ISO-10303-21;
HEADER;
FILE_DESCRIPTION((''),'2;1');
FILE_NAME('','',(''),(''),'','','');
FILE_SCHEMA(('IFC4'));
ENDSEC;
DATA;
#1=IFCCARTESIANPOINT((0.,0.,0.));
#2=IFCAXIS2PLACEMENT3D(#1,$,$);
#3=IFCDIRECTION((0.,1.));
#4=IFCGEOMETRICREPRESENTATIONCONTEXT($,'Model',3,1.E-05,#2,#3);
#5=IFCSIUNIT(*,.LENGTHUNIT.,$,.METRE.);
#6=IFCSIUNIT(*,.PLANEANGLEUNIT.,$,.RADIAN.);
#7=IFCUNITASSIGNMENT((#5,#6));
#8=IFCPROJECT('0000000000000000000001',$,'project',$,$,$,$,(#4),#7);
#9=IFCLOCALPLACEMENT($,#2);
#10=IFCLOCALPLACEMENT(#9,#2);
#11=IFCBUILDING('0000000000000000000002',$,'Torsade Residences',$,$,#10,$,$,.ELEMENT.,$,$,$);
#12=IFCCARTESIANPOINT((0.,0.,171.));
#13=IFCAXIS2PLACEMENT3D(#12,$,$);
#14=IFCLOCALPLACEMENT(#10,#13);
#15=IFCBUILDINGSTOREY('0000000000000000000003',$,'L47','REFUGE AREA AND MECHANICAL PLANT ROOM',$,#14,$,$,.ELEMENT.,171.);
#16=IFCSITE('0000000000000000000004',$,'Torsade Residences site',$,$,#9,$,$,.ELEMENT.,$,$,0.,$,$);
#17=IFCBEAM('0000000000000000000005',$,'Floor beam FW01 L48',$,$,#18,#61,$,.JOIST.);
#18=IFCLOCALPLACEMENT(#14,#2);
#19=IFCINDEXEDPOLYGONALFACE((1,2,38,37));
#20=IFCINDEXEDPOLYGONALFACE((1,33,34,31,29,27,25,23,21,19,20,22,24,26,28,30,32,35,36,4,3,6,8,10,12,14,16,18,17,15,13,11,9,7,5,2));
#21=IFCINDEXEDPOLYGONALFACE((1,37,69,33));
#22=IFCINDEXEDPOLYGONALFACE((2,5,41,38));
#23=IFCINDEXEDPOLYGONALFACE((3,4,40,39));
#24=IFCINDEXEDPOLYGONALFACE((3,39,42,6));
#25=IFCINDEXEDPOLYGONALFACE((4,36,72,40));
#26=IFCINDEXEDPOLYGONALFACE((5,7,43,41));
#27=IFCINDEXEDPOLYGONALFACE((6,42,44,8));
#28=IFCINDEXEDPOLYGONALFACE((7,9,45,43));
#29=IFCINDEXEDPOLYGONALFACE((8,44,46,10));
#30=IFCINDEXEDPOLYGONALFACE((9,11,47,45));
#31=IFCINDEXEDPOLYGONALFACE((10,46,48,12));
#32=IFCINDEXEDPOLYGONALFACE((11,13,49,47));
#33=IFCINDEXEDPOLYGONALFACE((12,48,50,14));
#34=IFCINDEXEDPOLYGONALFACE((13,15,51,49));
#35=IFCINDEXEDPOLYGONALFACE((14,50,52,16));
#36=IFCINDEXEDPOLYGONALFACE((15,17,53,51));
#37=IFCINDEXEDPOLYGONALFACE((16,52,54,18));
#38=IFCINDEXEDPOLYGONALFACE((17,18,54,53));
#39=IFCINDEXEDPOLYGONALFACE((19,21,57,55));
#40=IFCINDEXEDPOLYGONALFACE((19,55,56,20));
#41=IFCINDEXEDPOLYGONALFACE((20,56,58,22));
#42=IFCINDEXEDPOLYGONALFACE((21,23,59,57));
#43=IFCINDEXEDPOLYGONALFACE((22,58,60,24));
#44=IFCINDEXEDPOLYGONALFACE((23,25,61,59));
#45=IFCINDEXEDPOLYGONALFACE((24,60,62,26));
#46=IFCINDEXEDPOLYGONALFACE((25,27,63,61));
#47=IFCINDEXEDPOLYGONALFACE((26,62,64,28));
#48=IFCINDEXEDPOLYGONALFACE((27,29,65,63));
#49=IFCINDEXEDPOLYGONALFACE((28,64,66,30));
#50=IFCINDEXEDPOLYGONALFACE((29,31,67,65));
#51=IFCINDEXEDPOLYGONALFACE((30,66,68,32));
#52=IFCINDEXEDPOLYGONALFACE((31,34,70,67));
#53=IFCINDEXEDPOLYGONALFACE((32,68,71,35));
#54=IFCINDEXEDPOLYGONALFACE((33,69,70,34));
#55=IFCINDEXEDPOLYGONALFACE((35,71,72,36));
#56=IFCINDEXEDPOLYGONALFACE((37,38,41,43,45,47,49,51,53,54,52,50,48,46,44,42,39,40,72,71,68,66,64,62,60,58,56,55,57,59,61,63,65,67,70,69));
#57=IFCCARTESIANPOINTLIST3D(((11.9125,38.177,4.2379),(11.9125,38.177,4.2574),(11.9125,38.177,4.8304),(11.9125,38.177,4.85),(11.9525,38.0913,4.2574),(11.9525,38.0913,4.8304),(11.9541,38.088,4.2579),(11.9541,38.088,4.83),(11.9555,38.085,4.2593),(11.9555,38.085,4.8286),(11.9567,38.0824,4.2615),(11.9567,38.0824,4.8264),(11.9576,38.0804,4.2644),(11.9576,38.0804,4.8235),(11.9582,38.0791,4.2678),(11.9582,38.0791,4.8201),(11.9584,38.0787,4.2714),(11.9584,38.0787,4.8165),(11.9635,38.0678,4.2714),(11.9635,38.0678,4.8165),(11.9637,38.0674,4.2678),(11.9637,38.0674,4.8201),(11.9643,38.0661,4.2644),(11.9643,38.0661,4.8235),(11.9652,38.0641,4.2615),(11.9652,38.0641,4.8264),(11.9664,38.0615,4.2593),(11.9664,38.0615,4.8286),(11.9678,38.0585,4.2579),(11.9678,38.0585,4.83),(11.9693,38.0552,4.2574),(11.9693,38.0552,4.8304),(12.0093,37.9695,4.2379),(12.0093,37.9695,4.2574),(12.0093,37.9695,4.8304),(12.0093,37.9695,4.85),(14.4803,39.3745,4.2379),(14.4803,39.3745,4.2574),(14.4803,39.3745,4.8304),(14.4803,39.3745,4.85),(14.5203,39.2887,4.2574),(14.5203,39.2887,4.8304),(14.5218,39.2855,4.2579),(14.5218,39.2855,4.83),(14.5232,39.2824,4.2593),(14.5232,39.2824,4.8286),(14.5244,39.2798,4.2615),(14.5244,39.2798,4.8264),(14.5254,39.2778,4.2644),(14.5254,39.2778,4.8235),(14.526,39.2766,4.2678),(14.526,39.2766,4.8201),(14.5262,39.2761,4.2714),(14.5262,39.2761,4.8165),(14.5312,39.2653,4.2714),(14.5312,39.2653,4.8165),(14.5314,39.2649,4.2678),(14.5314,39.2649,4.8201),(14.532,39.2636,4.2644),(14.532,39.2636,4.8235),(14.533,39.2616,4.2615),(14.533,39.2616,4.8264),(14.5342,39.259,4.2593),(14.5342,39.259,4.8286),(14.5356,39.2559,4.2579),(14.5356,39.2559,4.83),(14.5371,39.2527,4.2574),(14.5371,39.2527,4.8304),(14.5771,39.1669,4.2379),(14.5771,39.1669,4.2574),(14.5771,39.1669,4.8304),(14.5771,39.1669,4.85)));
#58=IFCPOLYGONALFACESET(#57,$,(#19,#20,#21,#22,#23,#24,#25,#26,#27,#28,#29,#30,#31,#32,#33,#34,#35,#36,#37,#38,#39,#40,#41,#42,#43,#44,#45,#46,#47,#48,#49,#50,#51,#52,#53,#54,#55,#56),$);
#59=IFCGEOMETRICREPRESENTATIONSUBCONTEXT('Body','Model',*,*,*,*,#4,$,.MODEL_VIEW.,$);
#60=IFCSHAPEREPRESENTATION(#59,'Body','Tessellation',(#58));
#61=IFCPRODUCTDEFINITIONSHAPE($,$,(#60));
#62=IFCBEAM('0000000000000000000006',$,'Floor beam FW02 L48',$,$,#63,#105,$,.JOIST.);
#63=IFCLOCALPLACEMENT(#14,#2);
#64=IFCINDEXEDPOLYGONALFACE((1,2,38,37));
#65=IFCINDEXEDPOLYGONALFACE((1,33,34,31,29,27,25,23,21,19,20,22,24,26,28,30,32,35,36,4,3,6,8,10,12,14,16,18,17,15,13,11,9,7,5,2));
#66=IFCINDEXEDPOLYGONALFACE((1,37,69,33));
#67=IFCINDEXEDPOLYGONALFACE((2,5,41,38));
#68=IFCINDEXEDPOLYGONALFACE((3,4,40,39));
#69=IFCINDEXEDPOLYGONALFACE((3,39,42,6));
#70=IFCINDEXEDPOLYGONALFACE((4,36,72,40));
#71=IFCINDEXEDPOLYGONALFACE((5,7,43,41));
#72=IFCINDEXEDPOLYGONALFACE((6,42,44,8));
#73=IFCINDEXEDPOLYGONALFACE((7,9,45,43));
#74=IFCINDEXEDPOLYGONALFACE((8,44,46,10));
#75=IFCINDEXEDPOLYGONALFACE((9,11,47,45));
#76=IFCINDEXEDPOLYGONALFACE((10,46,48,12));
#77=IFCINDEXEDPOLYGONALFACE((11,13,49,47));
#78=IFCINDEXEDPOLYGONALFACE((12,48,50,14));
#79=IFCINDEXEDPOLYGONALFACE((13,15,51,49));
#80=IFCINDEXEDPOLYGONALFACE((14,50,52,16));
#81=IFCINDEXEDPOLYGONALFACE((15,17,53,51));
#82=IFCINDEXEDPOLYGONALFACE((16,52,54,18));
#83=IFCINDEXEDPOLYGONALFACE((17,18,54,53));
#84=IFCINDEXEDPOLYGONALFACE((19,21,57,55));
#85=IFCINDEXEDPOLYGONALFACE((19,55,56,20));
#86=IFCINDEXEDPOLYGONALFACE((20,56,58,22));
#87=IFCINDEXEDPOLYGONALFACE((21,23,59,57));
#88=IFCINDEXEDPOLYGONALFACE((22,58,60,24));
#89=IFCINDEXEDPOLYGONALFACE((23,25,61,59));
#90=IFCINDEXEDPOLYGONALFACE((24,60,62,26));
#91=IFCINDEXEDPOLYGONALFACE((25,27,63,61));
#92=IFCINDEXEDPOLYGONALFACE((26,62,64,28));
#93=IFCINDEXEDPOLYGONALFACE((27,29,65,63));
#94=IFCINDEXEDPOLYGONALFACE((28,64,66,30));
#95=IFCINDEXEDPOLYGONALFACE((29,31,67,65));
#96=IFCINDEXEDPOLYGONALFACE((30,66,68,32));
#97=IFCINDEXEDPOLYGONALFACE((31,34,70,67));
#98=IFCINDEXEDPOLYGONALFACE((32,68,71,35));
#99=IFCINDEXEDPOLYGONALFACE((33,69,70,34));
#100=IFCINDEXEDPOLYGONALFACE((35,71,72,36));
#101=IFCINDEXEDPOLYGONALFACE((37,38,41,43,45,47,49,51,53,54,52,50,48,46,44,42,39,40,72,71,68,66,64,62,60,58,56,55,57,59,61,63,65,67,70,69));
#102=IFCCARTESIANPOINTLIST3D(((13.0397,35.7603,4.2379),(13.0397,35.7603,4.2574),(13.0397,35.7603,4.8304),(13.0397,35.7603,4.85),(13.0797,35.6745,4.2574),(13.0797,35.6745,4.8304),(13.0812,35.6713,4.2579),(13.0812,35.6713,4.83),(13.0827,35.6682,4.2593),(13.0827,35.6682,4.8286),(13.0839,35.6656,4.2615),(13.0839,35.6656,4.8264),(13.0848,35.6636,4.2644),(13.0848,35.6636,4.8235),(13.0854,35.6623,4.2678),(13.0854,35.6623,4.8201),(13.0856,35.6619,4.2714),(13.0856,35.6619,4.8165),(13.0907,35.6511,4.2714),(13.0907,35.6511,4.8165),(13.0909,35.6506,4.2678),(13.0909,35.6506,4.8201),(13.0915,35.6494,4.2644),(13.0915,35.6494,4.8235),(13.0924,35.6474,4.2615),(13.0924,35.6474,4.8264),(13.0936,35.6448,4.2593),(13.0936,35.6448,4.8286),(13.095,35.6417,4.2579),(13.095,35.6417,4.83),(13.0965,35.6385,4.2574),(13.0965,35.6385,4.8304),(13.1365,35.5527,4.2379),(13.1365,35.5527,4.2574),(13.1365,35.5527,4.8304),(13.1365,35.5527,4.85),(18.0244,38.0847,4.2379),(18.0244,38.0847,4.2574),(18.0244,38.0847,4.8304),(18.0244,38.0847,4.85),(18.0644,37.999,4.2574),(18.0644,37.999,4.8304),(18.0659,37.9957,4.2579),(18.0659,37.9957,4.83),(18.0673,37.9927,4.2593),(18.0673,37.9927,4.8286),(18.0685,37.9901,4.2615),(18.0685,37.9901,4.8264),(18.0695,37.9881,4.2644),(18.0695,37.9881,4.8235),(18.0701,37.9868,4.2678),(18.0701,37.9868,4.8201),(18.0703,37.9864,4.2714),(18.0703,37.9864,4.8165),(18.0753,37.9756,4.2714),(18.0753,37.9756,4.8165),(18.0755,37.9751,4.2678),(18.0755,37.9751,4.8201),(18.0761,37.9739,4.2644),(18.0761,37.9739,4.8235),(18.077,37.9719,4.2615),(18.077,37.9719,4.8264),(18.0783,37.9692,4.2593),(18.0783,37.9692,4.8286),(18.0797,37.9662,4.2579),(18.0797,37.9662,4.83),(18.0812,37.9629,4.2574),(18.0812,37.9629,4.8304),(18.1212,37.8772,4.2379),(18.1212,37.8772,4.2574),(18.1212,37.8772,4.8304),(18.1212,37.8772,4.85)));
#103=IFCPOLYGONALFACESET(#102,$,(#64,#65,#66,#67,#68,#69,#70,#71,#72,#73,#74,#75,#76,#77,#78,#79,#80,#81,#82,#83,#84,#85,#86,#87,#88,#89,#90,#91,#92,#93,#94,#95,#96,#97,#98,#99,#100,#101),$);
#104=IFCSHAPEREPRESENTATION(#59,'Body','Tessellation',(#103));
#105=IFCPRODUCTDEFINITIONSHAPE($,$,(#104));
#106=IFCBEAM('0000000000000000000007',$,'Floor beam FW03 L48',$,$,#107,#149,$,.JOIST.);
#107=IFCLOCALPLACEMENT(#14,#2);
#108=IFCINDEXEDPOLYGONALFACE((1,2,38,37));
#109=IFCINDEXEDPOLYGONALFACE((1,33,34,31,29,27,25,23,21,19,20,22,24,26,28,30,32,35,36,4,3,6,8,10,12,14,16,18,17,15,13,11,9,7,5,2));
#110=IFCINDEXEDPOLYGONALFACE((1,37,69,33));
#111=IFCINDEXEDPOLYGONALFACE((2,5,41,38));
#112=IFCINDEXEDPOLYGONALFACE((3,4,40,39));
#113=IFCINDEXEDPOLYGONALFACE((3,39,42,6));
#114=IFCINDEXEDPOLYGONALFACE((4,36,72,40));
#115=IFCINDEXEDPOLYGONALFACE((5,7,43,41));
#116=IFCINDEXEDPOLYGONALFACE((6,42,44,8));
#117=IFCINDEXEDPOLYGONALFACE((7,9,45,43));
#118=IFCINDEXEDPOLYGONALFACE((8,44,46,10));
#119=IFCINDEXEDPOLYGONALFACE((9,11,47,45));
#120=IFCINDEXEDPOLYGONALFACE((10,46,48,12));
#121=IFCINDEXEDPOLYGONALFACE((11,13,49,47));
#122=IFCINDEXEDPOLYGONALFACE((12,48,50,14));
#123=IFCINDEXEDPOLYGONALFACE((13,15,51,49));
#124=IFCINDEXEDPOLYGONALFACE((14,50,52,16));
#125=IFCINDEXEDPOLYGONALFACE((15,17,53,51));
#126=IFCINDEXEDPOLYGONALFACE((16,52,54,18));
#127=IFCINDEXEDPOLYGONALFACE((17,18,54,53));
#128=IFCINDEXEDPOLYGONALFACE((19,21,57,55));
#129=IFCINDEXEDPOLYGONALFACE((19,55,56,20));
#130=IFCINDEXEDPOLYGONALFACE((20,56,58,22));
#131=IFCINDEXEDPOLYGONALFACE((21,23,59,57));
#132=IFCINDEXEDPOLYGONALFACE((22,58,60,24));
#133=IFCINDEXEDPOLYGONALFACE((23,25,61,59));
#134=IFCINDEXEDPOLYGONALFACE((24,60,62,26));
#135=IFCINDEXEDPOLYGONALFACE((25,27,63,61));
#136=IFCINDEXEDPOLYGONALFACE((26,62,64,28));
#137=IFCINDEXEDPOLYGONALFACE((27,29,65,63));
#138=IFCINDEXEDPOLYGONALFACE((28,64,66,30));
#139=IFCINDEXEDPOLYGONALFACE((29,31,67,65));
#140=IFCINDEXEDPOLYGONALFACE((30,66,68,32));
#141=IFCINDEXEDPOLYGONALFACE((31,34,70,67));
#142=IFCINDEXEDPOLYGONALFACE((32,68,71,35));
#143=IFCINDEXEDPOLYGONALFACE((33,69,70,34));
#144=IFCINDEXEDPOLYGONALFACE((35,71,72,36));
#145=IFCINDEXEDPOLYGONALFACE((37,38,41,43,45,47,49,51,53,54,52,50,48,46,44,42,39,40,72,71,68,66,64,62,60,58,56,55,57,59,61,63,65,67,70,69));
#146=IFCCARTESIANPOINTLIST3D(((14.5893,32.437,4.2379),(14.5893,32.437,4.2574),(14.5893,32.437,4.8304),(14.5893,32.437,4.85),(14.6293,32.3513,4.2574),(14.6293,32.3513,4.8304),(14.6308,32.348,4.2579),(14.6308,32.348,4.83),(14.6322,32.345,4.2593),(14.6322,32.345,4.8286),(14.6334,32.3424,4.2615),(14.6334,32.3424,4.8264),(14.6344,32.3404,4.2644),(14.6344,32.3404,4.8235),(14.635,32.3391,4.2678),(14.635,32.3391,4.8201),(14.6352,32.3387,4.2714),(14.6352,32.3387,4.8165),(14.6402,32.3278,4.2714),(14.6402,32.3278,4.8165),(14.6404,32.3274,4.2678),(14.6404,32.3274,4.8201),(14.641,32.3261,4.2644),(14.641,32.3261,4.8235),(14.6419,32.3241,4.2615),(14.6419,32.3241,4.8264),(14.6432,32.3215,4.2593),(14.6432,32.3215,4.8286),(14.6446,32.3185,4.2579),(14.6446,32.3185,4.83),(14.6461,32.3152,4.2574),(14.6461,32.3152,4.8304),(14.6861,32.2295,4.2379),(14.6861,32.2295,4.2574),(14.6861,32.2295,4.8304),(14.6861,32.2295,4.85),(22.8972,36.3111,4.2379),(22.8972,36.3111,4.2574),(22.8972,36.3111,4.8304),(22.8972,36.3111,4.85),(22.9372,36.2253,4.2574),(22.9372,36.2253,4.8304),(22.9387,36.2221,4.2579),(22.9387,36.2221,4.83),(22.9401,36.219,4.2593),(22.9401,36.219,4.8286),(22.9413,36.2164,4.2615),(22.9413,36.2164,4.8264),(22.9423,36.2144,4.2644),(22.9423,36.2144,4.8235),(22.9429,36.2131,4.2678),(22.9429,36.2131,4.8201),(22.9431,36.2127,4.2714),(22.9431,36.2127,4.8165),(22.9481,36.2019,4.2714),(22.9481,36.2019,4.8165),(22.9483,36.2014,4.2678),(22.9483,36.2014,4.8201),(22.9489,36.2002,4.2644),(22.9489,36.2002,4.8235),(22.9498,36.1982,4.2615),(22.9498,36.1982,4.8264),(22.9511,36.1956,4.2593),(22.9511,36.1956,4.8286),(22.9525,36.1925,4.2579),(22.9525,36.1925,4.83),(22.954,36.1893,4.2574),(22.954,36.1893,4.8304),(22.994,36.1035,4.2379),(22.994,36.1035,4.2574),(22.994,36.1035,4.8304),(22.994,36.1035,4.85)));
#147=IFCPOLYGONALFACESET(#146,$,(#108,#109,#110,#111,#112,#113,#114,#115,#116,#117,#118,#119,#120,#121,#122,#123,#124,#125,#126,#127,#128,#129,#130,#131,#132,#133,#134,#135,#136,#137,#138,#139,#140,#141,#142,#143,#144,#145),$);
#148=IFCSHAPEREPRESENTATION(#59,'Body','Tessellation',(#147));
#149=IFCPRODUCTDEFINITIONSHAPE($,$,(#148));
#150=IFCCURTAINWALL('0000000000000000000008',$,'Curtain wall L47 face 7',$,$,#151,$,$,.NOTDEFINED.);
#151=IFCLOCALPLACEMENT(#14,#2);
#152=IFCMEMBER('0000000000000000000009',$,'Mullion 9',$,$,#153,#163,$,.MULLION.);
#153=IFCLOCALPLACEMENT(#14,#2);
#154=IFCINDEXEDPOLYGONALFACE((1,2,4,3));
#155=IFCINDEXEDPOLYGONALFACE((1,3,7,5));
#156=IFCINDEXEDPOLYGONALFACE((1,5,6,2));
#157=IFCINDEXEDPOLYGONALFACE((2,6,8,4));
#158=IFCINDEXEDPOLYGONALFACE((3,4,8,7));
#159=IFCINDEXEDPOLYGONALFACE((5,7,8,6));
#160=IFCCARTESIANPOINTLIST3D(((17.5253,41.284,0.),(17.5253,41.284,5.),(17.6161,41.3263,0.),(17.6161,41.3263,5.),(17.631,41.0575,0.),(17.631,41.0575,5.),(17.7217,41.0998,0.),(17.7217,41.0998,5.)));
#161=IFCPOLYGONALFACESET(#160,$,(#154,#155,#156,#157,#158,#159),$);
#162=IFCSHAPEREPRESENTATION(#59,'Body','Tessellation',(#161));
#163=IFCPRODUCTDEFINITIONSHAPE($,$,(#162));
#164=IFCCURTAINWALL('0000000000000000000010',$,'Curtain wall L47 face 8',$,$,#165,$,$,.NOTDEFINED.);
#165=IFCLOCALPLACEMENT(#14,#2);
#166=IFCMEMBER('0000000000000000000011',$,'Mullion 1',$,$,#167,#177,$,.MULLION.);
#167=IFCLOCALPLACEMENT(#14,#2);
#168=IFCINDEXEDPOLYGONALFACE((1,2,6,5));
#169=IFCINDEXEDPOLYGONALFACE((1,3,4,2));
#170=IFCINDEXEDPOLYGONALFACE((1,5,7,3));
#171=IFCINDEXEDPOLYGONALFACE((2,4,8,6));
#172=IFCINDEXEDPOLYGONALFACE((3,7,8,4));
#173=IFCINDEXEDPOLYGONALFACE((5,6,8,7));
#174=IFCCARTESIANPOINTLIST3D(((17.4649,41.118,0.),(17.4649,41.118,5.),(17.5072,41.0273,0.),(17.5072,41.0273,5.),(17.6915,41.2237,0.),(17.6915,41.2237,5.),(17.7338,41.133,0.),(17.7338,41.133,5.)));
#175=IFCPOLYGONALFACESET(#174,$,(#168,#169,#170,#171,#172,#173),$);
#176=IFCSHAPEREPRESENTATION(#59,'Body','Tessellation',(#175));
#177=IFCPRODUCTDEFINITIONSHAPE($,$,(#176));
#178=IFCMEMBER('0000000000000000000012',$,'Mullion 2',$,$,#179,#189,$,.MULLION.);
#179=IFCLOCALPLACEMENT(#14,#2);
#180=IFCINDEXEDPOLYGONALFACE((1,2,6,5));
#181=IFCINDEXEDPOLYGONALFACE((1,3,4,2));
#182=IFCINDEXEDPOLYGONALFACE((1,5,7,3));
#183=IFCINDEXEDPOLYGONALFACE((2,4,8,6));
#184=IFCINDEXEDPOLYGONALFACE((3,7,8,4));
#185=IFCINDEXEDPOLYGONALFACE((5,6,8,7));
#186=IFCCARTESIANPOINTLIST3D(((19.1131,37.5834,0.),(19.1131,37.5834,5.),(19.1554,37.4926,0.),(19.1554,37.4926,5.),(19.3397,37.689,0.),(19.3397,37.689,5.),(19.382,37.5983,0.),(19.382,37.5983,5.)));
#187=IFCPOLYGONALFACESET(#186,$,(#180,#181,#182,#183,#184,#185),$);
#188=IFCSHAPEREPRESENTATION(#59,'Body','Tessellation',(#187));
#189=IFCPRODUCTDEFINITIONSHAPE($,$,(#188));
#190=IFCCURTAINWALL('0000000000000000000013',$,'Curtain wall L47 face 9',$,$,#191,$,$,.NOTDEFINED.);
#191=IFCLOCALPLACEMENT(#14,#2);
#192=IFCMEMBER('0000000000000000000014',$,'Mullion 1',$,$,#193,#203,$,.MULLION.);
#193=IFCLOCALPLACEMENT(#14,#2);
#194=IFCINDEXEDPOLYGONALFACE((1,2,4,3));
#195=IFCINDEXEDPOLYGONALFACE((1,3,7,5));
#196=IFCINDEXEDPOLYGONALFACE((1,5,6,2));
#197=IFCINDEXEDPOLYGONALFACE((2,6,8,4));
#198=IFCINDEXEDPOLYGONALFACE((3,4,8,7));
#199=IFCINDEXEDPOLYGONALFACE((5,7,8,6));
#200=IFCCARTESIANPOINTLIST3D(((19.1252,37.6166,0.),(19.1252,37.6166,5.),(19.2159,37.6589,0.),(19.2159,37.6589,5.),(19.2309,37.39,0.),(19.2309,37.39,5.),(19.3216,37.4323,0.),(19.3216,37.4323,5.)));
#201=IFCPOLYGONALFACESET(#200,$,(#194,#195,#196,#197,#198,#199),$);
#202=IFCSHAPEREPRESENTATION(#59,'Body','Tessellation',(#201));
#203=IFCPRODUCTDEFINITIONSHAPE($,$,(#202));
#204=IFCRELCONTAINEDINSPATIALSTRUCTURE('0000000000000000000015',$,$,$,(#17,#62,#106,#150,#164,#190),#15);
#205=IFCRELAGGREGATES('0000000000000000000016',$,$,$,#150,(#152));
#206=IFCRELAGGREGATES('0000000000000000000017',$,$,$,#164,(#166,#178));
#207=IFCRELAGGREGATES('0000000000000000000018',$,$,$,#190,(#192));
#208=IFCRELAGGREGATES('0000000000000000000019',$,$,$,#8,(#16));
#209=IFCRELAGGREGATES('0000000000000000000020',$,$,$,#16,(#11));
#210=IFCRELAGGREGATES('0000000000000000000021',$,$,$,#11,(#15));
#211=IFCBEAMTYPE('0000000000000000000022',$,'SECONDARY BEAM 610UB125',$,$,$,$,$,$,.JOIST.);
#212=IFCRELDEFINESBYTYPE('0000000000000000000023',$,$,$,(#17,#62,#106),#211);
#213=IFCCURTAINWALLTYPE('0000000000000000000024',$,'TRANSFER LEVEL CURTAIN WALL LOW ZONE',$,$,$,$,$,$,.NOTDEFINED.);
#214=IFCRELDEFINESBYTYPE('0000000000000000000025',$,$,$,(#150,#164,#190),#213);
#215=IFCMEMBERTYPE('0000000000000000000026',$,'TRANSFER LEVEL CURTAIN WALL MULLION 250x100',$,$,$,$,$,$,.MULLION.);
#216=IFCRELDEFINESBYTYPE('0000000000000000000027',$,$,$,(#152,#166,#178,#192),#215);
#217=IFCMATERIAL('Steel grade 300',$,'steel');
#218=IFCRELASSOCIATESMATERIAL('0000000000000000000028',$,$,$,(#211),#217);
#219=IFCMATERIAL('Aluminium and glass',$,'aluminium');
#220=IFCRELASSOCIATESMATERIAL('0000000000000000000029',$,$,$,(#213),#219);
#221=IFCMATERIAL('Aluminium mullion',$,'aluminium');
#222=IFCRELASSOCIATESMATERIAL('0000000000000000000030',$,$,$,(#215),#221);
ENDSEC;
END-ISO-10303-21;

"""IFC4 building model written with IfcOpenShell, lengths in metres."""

from ifc_helpers import new_model, si_unit, direction, frame, origin, origin_2d, place, context, subcontext, project, spatial, rectangle, i_section, extrude, material, material_profile, profile_set, type_object, element, aggregate, save


model = new_model("IFC4")

# Units and contexts
model_context = context("Model", 3, precision=1e-05, world=origin(), true_north=direction((0.0, 1.0)))
body_context = subcontext(model_context, "Body", "Model", "MODEL_VIEW")
ifc_project = project(units=[si_unit("LENGTHUNIT", "METRE"), si_unit("PLANEANGLEUNIT", "RADIAN")], contexts=[model_context])

# Site, building, storey
site_placement = place(None, origin())
site = spatial("IfcSite", under=ifc_project, at=site_placement, Name="Torsade Residences site", CompositionType="ELEMENT", RefElevation=0.0)
building_placement = place(site_placement, origin())
building = spatial("IfcBuilding", under=site, at=building_placement, Name="Torsade Residences", CompositionType="ELEMENT")
storey_placement = place(building_placement, frame((0.0, 0.0, 171.0)))
storey = spatial("IfcBuildingStorey", under=building, at=storey_placement, Name="L47", Description="REFUGE AREA AND MECHANICAL PLANT ROOM", CompositionType="ELEMENT", Elevation=171.0)

# Beams
ifc_material_1 = material(Name="Steel grade 300", Category="steel")
ifc_material_profile_1 = material_profile(ifc_material_1, i_section(OverallWidth=0.229, OverallDepth=0.6121, WebThickness=0.012, FlangeThickness=0.0195, FilletRadius=0.0139, at=origin_2d()), Name="610UB125")
ifc_profile_set_1 = profile_set([ifc_material_profile_1], Name="Steel grade 300")
beam_type_1 = type_object("IfcBeamType", Name="SECONDARY BEAM 610UB125", PredefinedType="JOIST", material=ifc_profile_set_1)
for number, where, z_axis, x_axis, name in (
    (1, (11.9609, 38.0732, 4.5439), (0.906295, 0.422645, 0.0), (-0.422645, 0.906295, 0.0), "Floor beam FW01 L48"),
):
    element("IfcBeam", number, at=place(storey_placement, frame(where, z_axis=z_axis, x_axis=x_axis)), inside=storey, type_object=beam_type_1, Name=name, PredefinedType="JOIST", context=body_context, shape_type="SweptSolid", body=[
        extrude(i_section(OverallWidth=0.229, OverallDepth=0.6121, WebThickness=0.012, FlangeThickness=0.0195, FilletRadius=0.0139, at=origin_2d()), origin(), (0.0, 0.0, 1.0), 2.8333),
    ])
beam_1_placement = place(storey_placement, frame((13.0881, 35.6565, 4.5439), z_axis=(0.906301, 0.422633, 0.0), x_axis=(-0.422633, 0.906301, 0.0)))
element("IfcBeam", 2, at=beam_1_placement, inside=storey, type_object=beam_type_1, Name="Floor beam FW02 L48", PredefinedType="JOIST", context=body_context, shape_type="SweptSolid", body=[
    extrude(i_section(OverallWidth=0.229, OverallDepth=0.6121, WebThickness=0.012, FlangeThickness=0.0195, FilletRadius=0.0139, at=origin_2d()), origin(), (0.0, 0.0, 1.0), 5.5),
])
beam_2_placement = place(storey_placement, frame((14.6377, 32.3333, 4.5439), z_axis=(0.906308, 0.422619, 0.0), x_axis=(-0.422619, 0.906308, 0.0)))
element("IfcBeam", 3, at=beam_2_placement, inside=storey, type_object=beam_type_1, Name="Floor beam FW03 L48", PredefinedType="JOIST", context=body_context, shape_type="SweptSolid", body=[
    extrude(i_section(OverallWidth=0.229, OverallDepth=0.6121, WebThickness=0.012, FlangeThickness=0.0195, FilletRadius=0.0139, at=origin_2d()), origin(), (0.0, 0.0, 1.0), 9.1667),
])

# Curtain wall, member
ifc_material_2 = material(Name="Aluminium and glass", Category="aluminium")
curtain_wall_type = type_object("IfcCurtainWallType", Name="TRANSFER LEVEL CURTAIN WALL LOW ZONE", PredefinedType="NOTDEFINED", material=ifc_material_2)
curtain_wall_1_placement = place(storey_placement, origin())
curtain_wall_1 = element("IfcCurtainWall", 4, at=curtain_wall_1_placement, inside=storey, type_object=curtain_wall_type, Name="Curtain wall L47 face 7", PredefinedType="NOTDEFINED")
ifc_material_3 = material(Name="Aluminium mullion", Category="aluminium")
ifc_material_profile_2 = material_profile(ifc_material_3, rectangle(XDim=0.25, YDim=0.1001, at=origin_2d()), Name="TRANSFER LEVEL CURTAIN WALL MULLION 250x100")
ifc_profile_set_2 = profile_set([ifc_material_profile_2], Name="Aluminium mullion")
member_type_1 = type_object("IfcMemberType", Name="TRANSFER LEVEL CURTAIN WALL MULLION 250x100", PredefinedType="MULLION", material=ifc_profile_set_2)
member_1_placement = place(storey_placement, frame((17.6235, 41.1919, 0.0), z_axis=(0.0, 0.0, 1.0), x_axis=(0.422618, -0.906308, 0.0)))
member_1 = element("IfcMember", 5, at=member_1_placement, type_object=member_type_1, Name="Mullion 9", PredefinedType="MULLION", context=body_context, shape_type="SweptSolid", body=[
    extrude(rectangle(XDim=0.25, YDim=0.1001, at=origin_2d()), origin(), (0.0, 0.0, 1.0), 5.0),
])
aggregate(curtain_wall_1, [member_1])

# Curtain walls, members
curtain_wall_2_placement = place(storey_placement, origin())
curtain_wall_2 = element("IfcCurtainWall", 6, at=curtain_wall_2_placement, inside=storey, type_object=curtain_wall_type, Name="Curtain wall L47 face 8", PredefinedType="NOTDEFINED")
member_2_placement = place(storey_placement, frame((17.5994, 41.1255, 0.0), z_axis=(0.0, 0.0, 1.0), x_axis=(0.906308, 0.422618, 0.0)))
member_2 = element("IfcMember", 7, at=member_2_placement, type_object=member_type_1, Name="Mullion 1", PredefinedType="MULLION", context=body_context, shape_type="SweptSolid", body=[
    extrude(rectangle(XDim=0.25, YDim=0.1001, at=origin_2d()), origin(), (0.0, 0.0, 1.0), 5.0),
])
member_3_placement = place(storey_placement, frame((19.2476, 37.5908, 0.0), z_axis=(0.0, 0.0, 1.0), x_axis=(0.906308, 0.422618, 0.0)))
member_3 = element("IfcMember", 8, at=member_3_placement, type_object=member_type_1, Name="Mullion 2", PredefinedType="MULLION", context=body_context, shape_type="SweptSolid", body=[
    extrude(rectangle(XDim=0.25, YDim=0.1001, at=origin_2d()), origin(), (0.0, 0.0, 1.0), 5.0),
])
curtain_wall_3_placement = place(storey_placement, origin())
curtain_wall_3 = element("IfcCurtainWall", 9, at=curtain_wall_3_placement, inside=storey, type_object=curtain_wall_type, Name="Curtain wall L47 face 9", PredefinedType="NOTDEFINED")
member_4_placement = place(storey_placement, frame((19.2234, 37.5244, 0.0), z_axis=(0.0, 0.0, 1.0), x_axis=(0.422618, -0.906308, 0.0)))
member_4 = element("IfcMember", 10, at=member_4_placement, type_object=member_type_1, Name="Mullion 1", PredefinedType="MULLION", context=body_context, shape_type="SweptSolid", body=[
    extrude(rectangle(XDim=0.25, YDim=0.1001, at=origin_2d()), origin(), (0.0, 0.0, 1.0), 5.0),
])

aggregate(curtain_wall_2, [member_2, member_3])
aggregate(curtain_wall_3, [member_4])

save(model, "model.ifc")
